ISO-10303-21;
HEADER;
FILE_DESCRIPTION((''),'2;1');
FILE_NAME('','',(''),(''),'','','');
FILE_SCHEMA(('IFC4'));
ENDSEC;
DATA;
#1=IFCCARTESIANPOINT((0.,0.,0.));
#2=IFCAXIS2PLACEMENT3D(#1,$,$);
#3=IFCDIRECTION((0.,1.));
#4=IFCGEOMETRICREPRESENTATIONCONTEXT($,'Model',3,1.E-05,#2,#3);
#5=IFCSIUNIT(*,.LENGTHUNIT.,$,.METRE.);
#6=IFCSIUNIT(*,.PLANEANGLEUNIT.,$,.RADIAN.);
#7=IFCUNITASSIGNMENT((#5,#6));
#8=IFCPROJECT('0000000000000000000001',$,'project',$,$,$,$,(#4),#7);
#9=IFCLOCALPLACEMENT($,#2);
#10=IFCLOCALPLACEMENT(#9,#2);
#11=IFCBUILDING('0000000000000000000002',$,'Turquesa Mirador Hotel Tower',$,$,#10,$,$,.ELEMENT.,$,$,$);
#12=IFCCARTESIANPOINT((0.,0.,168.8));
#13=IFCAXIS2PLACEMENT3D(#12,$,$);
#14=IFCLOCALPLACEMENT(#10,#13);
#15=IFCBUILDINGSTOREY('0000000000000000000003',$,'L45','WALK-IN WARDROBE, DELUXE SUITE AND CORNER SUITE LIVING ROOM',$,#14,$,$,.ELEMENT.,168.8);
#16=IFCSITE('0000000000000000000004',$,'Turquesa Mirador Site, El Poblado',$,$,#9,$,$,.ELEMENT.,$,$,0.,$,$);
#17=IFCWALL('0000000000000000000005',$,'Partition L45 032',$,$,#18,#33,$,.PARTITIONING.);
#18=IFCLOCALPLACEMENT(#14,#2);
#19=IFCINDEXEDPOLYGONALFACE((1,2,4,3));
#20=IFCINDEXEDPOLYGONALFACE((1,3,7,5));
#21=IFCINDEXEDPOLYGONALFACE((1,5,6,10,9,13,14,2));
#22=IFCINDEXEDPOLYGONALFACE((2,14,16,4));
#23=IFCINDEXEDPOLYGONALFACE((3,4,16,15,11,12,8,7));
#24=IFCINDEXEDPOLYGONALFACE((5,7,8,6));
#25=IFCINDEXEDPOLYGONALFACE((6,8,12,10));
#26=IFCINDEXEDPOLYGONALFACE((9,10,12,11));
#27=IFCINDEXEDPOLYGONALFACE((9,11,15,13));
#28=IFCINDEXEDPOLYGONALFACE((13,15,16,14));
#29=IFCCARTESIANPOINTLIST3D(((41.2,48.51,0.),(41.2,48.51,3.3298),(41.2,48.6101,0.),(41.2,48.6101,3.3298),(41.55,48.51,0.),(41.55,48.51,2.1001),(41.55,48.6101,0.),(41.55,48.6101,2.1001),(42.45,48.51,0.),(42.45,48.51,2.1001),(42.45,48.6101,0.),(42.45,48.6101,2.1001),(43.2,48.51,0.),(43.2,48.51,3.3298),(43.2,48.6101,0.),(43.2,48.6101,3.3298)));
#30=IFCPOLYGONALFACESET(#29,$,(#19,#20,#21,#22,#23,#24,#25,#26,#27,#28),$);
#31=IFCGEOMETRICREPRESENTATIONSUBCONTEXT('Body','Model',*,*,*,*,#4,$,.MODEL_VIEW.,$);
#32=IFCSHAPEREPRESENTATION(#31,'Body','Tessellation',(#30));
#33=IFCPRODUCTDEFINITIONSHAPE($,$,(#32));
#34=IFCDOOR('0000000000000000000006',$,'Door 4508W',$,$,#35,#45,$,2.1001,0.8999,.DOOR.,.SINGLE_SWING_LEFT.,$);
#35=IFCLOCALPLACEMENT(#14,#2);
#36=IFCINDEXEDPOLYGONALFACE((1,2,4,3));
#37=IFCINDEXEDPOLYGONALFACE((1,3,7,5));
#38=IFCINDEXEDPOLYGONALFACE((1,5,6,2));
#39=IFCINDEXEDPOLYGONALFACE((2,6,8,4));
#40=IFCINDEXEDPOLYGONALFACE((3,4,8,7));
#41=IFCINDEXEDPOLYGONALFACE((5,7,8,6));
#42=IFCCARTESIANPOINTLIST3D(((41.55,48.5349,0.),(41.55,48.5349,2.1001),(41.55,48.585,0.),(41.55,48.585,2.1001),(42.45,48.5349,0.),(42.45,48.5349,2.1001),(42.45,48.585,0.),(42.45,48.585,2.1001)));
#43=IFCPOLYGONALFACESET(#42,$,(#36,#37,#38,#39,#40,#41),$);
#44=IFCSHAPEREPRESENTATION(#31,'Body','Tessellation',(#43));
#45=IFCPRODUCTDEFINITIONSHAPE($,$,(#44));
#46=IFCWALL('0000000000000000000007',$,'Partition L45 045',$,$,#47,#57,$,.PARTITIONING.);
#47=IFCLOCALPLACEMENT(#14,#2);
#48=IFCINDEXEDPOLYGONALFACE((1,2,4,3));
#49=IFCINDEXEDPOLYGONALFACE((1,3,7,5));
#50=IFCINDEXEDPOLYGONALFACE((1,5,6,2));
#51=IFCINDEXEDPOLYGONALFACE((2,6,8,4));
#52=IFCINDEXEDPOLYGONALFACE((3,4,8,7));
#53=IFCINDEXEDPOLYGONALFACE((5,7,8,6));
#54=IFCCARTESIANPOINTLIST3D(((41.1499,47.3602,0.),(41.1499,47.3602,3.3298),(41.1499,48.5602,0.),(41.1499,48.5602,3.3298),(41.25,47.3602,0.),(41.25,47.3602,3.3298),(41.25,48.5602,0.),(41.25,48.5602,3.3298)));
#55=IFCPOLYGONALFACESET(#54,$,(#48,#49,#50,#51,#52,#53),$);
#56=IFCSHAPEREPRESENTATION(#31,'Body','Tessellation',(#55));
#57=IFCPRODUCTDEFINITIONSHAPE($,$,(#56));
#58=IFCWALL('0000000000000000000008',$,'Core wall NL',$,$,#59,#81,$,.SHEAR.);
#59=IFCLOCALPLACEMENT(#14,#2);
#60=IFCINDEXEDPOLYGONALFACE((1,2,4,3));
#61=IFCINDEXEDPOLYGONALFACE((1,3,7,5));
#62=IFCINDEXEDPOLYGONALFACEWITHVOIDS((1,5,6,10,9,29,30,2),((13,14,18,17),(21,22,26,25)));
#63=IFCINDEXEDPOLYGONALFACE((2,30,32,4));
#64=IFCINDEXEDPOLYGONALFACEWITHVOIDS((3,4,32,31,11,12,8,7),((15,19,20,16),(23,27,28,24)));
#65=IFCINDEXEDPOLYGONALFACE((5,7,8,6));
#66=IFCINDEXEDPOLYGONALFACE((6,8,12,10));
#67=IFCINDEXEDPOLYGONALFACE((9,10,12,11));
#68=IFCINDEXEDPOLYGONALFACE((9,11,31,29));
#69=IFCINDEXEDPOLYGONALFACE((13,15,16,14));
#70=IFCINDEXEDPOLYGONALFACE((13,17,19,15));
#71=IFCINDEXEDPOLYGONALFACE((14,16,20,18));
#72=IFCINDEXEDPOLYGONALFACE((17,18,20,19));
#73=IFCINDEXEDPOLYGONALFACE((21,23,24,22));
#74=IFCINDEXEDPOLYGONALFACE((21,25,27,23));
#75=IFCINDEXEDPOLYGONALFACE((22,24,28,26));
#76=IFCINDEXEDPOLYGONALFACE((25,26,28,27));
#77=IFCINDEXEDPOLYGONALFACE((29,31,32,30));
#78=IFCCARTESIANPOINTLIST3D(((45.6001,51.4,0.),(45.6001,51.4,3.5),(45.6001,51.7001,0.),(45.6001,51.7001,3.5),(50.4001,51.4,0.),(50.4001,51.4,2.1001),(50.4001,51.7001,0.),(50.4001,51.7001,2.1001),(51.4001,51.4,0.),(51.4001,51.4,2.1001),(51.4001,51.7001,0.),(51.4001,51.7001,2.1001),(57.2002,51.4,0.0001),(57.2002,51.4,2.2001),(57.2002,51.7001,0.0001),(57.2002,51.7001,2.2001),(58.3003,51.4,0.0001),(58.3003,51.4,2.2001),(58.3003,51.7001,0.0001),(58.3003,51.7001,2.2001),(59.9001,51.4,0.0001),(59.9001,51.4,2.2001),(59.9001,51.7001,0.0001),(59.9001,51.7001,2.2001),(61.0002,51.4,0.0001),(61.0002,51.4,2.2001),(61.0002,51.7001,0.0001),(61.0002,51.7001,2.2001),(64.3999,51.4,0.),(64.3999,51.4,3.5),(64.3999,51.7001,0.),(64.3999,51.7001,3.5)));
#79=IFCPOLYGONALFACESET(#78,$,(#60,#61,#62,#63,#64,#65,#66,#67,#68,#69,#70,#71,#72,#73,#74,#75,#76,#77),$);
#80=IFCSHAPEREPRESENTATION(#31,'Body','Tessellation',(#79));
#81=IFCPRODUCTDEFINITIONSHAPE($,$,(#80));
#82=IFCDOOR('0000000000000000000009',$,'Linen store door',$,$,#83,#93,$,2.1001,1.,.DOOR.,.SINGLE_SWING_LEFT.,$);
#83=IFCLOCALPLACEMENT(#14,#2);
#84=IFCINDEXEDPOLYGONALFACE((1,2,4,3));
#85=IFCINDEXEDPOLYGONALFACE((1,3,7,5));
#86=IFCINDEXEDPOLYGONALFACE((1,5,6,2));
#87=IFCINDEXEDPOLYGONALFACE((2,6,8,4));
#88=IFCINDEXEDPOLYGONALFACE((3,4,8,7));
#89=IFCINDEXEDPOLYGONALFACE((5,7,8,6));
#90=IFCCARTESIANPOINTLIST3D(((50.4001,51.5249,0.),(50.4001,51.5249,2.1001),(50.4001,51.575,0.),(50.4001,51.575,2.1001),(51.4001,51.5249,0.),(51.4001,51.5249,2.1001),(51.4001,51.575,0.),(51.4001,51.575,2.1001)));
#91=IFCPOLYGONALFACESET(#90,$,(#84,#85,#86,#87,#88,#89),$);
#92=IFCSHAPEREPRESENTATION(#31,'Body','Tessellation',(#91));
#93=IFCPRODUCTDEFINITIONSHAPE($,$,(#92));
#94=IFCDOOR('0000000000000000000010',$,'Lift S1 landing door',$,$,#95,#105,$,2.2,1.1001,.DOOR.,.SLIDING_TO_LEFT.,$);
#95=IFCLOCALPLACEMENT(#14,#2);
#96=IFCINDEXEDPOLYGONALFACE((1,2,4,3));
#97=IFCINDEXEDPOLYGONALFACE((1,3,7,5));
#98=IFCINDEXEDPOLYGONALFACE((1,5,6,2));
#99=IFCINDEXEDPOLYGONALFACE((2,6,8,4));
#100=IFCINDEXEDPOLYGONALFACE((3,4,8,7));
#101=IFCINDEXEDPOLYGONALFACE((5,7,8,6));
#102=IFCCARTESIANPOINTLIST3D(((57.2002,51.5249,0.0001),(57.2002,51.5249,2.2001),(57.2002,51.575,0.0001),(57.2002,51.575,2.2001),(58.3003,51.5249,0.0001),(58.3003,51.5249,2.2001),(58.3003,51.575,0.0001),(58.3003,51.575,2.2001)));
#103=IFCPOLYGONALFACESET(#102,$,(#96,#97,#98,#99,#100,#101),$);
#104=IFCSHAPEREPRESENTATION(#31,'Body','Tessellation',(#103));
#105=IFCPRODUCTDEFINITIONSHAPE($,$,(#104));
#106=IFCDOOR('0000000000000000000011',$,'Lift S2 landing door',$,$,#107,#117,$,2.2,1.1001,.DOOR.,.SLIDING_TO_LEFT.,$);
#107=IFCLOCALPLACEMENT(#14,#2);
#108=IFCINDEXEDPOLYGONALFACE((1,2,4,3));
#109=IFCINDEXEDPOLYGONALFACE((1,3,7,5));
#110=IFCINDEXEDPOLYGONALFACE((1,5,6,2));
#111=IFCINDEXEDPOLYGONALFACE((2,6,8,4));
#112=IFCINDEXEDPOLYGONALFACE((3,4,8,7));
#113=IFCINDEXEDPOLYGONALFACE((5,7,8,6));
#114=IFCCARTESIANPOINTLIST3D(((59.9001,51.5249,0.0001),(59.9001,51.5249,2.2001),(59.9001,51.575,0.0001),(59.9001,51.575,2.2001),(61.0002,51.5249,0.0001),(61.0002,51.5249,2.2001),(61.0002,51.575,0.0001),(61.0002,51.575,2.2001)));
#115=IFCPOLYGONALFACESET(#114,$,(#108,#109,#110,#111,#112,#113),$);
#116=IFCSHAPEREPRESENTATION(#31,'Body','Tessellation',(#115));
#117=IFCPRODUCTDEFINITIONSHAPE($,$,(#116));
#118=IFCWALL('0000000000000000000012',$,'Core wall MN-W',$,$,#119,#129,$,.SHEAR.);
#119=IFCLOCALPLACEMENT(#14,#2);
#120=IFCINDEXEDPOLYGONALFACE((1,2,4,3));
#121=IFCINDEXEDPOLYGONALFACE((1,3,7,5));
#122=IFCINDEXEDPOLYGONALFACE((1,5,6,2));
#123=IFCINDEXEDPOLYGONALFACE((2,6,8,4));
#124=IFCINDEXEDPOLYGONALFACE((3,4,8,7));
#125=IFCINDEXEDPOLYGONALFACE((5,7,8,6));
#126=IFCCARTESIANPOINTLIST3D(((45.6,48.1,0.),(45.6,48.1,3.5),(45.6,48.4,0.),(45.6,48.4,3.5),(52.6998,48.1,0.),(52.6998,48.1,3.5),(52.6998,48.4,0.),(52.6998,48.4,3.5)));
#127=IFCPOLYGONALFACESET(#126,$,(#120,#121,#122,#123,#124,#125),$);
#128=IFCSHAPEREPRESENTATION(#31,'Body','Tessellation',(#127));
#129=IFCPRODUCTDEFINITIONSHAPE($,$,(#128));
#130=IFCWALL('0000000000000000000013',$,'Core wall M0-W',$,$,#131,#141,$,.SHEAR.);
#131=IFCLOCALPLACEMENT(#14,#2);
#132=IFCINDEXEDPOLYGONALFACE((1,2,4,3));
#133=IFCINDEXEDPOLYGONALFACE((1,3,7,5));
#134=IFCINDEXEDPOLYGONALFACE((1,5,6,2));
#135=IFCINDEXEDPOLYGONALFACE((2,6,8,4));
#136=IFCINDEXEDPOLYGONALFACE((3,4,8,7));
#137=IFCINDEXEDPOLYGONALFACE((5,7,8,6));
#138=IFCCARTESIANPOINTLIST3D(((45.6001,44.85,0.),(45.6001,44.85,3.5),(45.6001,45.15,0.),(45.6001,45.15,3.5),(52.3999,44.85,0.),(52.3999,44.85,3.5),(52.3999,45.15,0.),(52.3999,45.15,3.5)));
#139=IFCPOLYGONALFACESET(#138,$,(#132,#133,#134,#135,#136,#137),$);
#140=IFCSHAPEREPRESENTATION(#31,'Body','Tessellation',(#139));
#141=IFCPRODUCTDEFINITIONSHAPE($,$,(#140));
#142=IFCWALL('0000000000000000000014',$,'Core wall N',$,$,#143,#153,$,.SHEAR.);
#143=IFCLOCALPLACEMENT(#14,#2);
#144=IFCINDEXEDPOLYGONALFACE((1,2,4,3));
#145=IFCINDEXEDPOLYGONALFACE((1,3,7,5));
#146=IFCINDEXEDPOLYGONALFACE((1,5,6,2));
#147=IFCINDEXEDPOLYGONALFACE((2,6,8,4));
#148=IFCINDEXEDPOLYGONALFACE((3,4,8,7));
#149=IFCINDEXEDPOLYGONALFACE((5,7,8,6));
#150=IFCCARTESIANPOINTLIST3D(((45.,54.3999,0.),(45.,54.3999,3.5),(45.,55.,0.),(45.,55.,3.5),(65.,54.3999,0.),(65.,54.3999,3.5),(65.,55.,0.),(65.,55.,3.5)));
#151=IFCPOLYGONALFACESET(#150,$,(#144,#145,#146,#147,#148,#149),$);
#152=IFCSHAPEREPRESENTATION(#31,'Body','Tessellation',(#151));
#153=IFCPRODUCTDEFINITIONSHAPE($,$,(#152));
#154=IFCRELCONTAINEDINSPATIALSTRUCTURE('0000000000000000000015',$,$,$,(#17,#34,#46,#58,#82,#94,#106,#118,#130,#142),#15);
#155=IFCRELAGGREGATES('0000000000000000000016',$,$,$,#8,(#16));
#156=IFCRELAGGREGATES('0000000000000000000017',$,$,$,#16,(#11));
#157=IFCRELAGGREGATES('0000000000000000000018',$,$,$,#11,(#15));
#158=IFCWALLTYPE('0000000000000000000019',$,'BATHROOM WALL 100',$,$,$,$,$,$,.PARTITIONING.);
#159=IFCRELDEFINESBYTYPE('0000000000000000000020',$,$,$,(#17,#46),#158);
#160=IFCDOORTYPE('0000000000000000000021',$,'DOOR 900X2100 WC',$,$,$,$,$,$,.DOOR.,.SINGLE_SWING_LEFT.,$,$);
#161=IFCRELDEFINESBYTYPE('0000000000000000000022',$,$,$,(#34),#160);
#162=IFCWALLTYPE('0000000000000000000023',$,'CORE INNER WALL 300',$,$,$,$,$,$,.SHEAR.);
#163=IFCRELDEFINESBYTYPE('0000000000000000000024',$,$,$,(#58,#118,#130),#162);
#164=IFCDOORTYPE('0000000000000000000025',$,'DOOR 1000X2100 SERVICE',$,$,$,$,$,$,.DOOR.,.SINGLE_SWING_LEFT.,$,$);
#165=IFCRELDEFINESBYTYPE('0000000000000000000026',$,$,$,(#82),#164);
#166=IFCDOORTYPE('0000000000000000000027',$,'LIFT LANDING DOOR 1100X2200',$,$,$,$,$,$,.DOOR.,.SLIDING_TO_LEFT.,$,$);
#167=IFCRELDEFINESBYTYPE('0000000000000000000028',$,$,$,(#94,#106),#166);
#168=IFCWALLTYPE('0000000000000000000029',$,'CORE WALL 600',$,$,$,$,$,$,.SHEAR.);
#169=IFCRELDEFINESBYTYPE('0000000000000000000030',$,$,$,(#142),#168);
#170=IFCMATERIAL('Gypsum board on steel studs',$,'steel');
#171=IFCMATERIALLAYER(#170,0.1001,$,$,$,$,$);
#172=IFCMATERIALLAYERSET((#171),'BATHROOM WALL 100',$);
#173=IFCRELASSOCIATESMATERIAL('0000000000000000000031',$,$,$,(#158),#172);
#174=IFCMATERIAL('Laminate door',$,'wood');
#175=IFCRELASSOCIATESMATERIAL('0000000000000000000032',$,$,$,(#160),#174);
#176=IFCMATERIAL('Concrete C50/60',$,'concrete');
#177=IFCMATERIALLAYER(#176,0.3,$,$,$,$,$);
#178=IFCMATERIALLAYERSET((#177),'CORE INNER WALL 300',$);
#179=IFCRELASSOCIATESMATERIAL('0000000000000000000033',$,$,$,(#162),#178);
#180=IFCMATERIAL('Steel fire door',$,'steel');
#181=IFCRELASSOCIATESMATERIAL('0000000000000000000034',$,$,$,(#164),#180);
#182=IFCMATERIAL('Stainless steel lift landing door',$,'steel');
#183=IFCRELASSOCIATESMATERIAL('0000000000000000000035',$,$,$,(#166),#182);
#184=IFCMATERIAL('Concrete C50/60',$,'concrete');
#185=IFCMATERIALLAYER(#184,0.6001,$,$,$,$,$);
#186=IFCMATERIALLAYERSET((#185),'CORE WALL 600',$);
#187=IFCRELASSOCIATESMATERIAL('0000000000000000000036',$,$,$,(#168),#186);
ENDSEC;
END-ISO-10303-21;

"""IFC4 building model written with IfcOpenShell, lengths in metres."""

from ifc_helpers import new_model, si_unit, direction, frame, frame_2d, origin, place, context, subcontext, project, spatial, rectangle, extrude, material, layer, layer_set, type_object, element, fill, save


model = new_model("IFC4")

# Units and contexts
model_context = context("Model", 3, precision=1e-05, world=origin(), true_north=direction((0.0, 1.0)))
body_context = subcontext(model_context, "Body", "Model", "MODEL_VIEW")
ifc_project = project(units=[si_unit("LENGTHUNIT", "METRE"), si_unit("PLANEANGLEUNIT", "RADIAN")], contexts=[model_context])

# Site, building, storey
site_placement = place(None, origin())
site = spatial("IfcSite", under=ifc_project, at=site_placement, Name="Turquesa Mirador Site, El Poblado", CompositionType="ELEMENT", RefElevation=0.0)
building_placement = place(site_placement, origin())
building = spatial("IfcBuilding", under=site, at=building_placement, Name="Turquesa Mirador Hotel Tower", CompositionType="ELEMENT")
storey_placement = place(building_placement, frame((0.0, 0.0, 168.8)))
storey = spatial("IfcBuildingStorey", under=building, at=storey_placement, Name="L45", Description="WALK-IN WARDROBE, DELUXE SUITE AND CORNER SUITE LIVING ROOM", CompositionType="ELEMENT", Elevation=168.8)

# Wall, opening, door
ifc_material_1 = material(Name="Gypsum board on steel studs", Category="steel")
ifc_layer_1 = layer(ifc_material_1, 0.1001)
ifc_layer_set_1 = layer_set([ifc_layer_1], Name="BATHROOM WALL 100")
wall_type_1 = type_object("IfcWallType", Name="BATHROOM WALL 100", PredefinedType="PARTITIONING", material=ifc_layer_set_1)
wall_1_placement = place(storey_placement, frame((41.2, 48.5601, 0.0), z_axis=(0.0, 0.0, 1.0), x_axis=(1.0, 0.0, 0.0)))
wall_1 = element("IfcWall", 1, at=wall_1_placement, inside=storey, type_object=wall_type_1, Name="Partition L45 032", PredefinedType="PARTITIONING", context=body_context, shape_type="SweptSolid", body=[
    extrude(rectangle(XDim=2.0, YDim=0.1001, at=frame_2d((1.0, 0.0))), origin(), (0.0, 0.0, 1.0), 3.3298),
])
opening_1_placement = place(wall_1_placement, frame((0.3501, 0.0, 0.0)))
opening_1 = element("IfcOpeningElement", 2, at=opening_1_placement, cuts=wall_1, PredefinedType="OPENING", context=body_context, shape_type="SweptSolid", body=[
    extrude(rectangle(XDim=0.8999, YDim=2.1001, at=frame_2d((0.45, 1.05))), frame((0.0, 0.0601, 0.0), z_axis=(0.0, -1.0, 0.0), x_axis=(1.0, 0.0, 0.0)), (0.0, 0.0, 1.0), 0.1201),
])
ifc_material_2 = material(Name="Laminate door", Category="wood")
door_type_1 = type_object("IfcDoorType", Name="DOOR 900X2100 WC", OperationType="SINGLE_SWING_LEFT", PredefinedType="DOOR", material=ifc_material_2)
door_1_placement = place(opening_1_placement, origin())
door_1 = element("IfcDoor", 3, at=door_1_placement, inside=storey, type_object=door_type_1, Name="Door 4508W", OperationType="SINGLE_SWING_LEFT", OverallHeight=2.1001, OverallWidth=0.8999, PredefinedType="DOOR", context=body_context, shape_type="SweptSolid", body=[
    extrude(rectangle(XDim=0.8999, YDim=2.1001, at=frame_2d((0.45, 1.05))), frame((0.0, 0.0249, 0.0), z_axis=(0.0, -1.0, 0.0), x_axis=(1.0, 0.0, 0.0)), (0.0, 0.0, 1.0), 0.05),
])
fill(opening_1, door_1)

# Wall
wall_2_placement = place(storey_placement, frame((41.2, 47.3601, 0.0), z_axis=(0.0, 0.0, 1.0), x_axis=(0.0, 1.0, 0.0)))
element("IfcWall", 4, at=wall_2_placement, inside=storey, type_object=wall_type_1, Name="Partition L45 045", PredefinedType="PARTITIONING", context=body_context, shape_type="SweptSolid", body=[
    extrude(rectangle(XDim=1.2, YDim=0.1001, at=frame_2d((0.6001, 0.0))), origin(), (0.0, 0.0, 1.0), 3.3298),
])

# Wall, openings, doors
ifc_material_3 = material(Name="Concrete C50/60", Category="concrete")
ifc_layer_2 = layer(ifc_material_3, 0.3)
ifc_layer_set_2 = layer_set([ifc_layer_2], Name="CORE INNER WALL 300")
wall_type_2 = type_object("IfcWallType", Name="CORE INNER WALL 300", PredefinedType="SHEAR", material=ifc_layer_set_2)
wall_3_placement = place(storey_placement, frame((45.6001, 51.55, 0.0), z_axis=(0.0, 0.0, 1.0), x_axis=(1.0, 0.0, 0.0)))
wall_3 = element("IfcWall", 5, at=wall_3_placement, inside=storey, type_object=wall_type_2, Name="Core wall NL", PredefinedType="SHEAR", context=body_context, shape_type="SweptSolid", body=[
    extrude(rectangle(XDim=18.7998, YDim=0.3, at=frame_2d((9.3999, 0.0))), origin(), (0.0, 0.0, 1.0), 3.5),
])
opening_2_placement = place(wall_3_placement, frame((4.8, 0.0, 0.0)))
opening_2 = element("IfcOpeningElement", 6, at=opening_2_placement, cuts=wall_3, PredefinedType="OPENING", context=body_context, shape_type="SweptSolid", body=[
    extrude(rectangle(XDim=1.0, YDim=2.1001, at=frame_2d((0.5, 1.05))), frame((0.0, 0.1599, 0.0), z_axis=(0.0, -1.0, 0.0), x_axis=(1.0, 0.0, 0.0)), (0.0, 0.0, 1.0), 0.3201),
])
opening_3_placement = place(wall_3_placement, frame((11.6001, 0.0, 0.0)))
opening_3 = element("IfcOpeningElement", 7, at=opening_3_placement, cuts=wall_3, PredefinedType="OPENING", context=body_context, shape_type="SweptSolid", body=[
    extrude(rectangle(XDim=1.1001, YDim=2.2, at=frame_2d((0.55, 1.1001))), frame((0.0, 0.1599, 0.0), z_axis=(0.0, -1.0, 0.0), x_axis=(1.0, 0.0, 0.0)), (0.0, 0.0, 1.0), 0.3201),
])
opening_4_placement = place(wall_3_placement, frame((14.3, 0.0, 0.0)))
opening_4 = element("IfcOpeningElement", 8, at=opening_4_placement, cuts=wall_3, PredefinedType="OPENING", context=body_context, shape_type="SweptSolid", body=[
    extrude(rectangle(XDim=1.1001, YDim=2.2, at=frame_2d((0.55, 1.1001))), frame((0.0, 0.1599, 0.0), z_axis=(0.0, -1.0, 0.0), x_axis=(1.0, 0.0, 0.0)), (0.0, 0.0, 1.0), 0.3201),
])
ifc_material_4 = material(Name="Steel fire door", Category="steel")
door_type_2 = type_object("IfcDoorType", Name="DOOR 1000X2100 SERVICE", OperationType="SINGLE_SWING_LEFT", PredefinedType="DOOR", material=ifc_material_4)
door_2_placement = place(opening_2_placement, origin())
door_2 = element("IfcDoor", 9, at=door_2_placement, inside=storey, type_object=door_type_2, Name="Linen store door", OperationType="SINGLE_SWING_LEFT", OverallHeight=2.1001, OverallWidth=1.0, PredefinedType="DOOR", context=body_context, shape_type="SweptSolid", body=[
    extrude(rectangle(XDim=1.0, YDim=2.1001, at=frame_2d((0.5, 1.05))), frame((0.0, 0.0249, 0.0), z_axis=(0.0, -1.0, 0.0), x_axis=(1.0, 0.0, 0.0)), (0.0, 0.0, 1.0), 0.05),
])
fill(opening_2, door_2)
ifc_material_5 = material(Name="Stainless steel lift landing door", Category="steel")
door_type_3 = type_object("IfcDoorType", Name="LIFT LANDING DOOR 1100X2200", OperationType="SLIDING_TO_LEFT", PredefinedType="DOOR", material=ifc_material_5)
door_3_placement = place(opening_3_placement, origin())
door_3 = element("IfcDoor", 10, at=door_3_placement, inside=storey, type_object=door_type_3, Name="Lift S1 landing door", OperationType="SLIDING_TO_LEFT", OverallHeight=2.2, OverallWidth=1.1001, PredefinedType="DOOR", context=body_context, shape_type="SweptSolid", body=[
    extrude(rectangle(XDim=1.1001, YDim=2.2, at=frame_2d((0.55, 1.1001))), frame((0.0, 0.0249, 0.0), z_axis=(0.0, -1.0, 0.0), x_axis=(1.0, 0.0, 0.0)), (0.0, 0.0, 1.0), 0.05),
])
fill(opening_3, door_3)
door_4_placement = place(opening_4_placement, origin())
door_4 = element("IfcDoor", 11, at=door_4_placement, inside=storey, type_object=door_type_3, Name="Lift S2 landing door", OperationType="SLIDING_TO_LEFT", OverallHeight=2.2, OverallWidth=1.1001, PredefinedType="DOOR", context=body_context, shape_type="SweptSolid", body=[
    extrude(rectangle(XDim=1.1001, YDim=2.2, at=frame_2d((0.55, 1.1001))), frame((0.0, 0.0249, 0.0), z_axis=(0.0, -1.0, 0.0), x_axis=(1.0, 0.0, 0.0)), (0.0, 0.0, 1.0), 0.05),
])
fill(opening_4, door_4)

# Walls
wall_4_placement = place(storey_placement, frame((45.6001, 48.25, 0.0), z_axis=(0.0, 0.0, 1.0), x_axis=(1.0, 0.0, 0.0)))
element("IfcWall", 12, at=wall_4_placement, inside=storey, type_object=wall_type_2, Name="Core wall MN-W", PredefinedType="SHEAR", context=body_context, shape_type="SweptSolid", body=[
    extrude(rectangle(XDim=7.0999, YDim=0.3, at=frame_2d((3.5498, 0.0))), origin(), (0.0, 0.0, 1.0), 3.5),
])
wall_5_placement = place(storey_placement, frame((45.6001, 45.0, 0.0), z_axis=(0.0, 0.0, 1.0), x_axis=(1.0, 0.0, 0.0)))
element("IfcWall", 13, at=wall_5_placement, inside=storey, type_object=wall_type_2, Name="Core wall M0-W", PredefinedType="SHEAR", context=body_context, shape_type="SweptSolid", body=[
    extrude(rectangle(XDim=6.7998, YDim=0.3, at=frame_2d((3.3999, 0.0))), origin(), (0.0, 0.0, 1.0), 3.5),
])
ifc_material_6 = material(Name="Concrete C50/60", Category="concrete")
ifc_layer_3 = layer(ifc_material_6, 0.6001)
ifc_layer_set_3 = layer_set([ifc_layer_3], Name="CORE WALL 600")
wall_type_3 = type_object("IfcWallType", Name="CORE WALL 600", PredefinedType="SHEAR", material=ifc_layer_set_3)
wall_6_placement = place(storey_placement, frame((45.0, 54.7, 0.0), z_axis=(0.0, 0.0, 1.0), x_axis=(1.0, 0.0, 0.0)))
element("IfcWall", 14, at=wall_6_placement, inside=storey, type_object=wall_type_3, Name="Core wall N", PredefinedType="SHEAR", context=body_context, shape_type="SweptSolid", body=[
    extrude(rectangle(XDim=20.0, YDim=0.6001, at=frame_2d((10.0, 0.0))), origin(), (0.0, 0.0, 1.0), 3.5),
])

save(model, "model.ifc")
